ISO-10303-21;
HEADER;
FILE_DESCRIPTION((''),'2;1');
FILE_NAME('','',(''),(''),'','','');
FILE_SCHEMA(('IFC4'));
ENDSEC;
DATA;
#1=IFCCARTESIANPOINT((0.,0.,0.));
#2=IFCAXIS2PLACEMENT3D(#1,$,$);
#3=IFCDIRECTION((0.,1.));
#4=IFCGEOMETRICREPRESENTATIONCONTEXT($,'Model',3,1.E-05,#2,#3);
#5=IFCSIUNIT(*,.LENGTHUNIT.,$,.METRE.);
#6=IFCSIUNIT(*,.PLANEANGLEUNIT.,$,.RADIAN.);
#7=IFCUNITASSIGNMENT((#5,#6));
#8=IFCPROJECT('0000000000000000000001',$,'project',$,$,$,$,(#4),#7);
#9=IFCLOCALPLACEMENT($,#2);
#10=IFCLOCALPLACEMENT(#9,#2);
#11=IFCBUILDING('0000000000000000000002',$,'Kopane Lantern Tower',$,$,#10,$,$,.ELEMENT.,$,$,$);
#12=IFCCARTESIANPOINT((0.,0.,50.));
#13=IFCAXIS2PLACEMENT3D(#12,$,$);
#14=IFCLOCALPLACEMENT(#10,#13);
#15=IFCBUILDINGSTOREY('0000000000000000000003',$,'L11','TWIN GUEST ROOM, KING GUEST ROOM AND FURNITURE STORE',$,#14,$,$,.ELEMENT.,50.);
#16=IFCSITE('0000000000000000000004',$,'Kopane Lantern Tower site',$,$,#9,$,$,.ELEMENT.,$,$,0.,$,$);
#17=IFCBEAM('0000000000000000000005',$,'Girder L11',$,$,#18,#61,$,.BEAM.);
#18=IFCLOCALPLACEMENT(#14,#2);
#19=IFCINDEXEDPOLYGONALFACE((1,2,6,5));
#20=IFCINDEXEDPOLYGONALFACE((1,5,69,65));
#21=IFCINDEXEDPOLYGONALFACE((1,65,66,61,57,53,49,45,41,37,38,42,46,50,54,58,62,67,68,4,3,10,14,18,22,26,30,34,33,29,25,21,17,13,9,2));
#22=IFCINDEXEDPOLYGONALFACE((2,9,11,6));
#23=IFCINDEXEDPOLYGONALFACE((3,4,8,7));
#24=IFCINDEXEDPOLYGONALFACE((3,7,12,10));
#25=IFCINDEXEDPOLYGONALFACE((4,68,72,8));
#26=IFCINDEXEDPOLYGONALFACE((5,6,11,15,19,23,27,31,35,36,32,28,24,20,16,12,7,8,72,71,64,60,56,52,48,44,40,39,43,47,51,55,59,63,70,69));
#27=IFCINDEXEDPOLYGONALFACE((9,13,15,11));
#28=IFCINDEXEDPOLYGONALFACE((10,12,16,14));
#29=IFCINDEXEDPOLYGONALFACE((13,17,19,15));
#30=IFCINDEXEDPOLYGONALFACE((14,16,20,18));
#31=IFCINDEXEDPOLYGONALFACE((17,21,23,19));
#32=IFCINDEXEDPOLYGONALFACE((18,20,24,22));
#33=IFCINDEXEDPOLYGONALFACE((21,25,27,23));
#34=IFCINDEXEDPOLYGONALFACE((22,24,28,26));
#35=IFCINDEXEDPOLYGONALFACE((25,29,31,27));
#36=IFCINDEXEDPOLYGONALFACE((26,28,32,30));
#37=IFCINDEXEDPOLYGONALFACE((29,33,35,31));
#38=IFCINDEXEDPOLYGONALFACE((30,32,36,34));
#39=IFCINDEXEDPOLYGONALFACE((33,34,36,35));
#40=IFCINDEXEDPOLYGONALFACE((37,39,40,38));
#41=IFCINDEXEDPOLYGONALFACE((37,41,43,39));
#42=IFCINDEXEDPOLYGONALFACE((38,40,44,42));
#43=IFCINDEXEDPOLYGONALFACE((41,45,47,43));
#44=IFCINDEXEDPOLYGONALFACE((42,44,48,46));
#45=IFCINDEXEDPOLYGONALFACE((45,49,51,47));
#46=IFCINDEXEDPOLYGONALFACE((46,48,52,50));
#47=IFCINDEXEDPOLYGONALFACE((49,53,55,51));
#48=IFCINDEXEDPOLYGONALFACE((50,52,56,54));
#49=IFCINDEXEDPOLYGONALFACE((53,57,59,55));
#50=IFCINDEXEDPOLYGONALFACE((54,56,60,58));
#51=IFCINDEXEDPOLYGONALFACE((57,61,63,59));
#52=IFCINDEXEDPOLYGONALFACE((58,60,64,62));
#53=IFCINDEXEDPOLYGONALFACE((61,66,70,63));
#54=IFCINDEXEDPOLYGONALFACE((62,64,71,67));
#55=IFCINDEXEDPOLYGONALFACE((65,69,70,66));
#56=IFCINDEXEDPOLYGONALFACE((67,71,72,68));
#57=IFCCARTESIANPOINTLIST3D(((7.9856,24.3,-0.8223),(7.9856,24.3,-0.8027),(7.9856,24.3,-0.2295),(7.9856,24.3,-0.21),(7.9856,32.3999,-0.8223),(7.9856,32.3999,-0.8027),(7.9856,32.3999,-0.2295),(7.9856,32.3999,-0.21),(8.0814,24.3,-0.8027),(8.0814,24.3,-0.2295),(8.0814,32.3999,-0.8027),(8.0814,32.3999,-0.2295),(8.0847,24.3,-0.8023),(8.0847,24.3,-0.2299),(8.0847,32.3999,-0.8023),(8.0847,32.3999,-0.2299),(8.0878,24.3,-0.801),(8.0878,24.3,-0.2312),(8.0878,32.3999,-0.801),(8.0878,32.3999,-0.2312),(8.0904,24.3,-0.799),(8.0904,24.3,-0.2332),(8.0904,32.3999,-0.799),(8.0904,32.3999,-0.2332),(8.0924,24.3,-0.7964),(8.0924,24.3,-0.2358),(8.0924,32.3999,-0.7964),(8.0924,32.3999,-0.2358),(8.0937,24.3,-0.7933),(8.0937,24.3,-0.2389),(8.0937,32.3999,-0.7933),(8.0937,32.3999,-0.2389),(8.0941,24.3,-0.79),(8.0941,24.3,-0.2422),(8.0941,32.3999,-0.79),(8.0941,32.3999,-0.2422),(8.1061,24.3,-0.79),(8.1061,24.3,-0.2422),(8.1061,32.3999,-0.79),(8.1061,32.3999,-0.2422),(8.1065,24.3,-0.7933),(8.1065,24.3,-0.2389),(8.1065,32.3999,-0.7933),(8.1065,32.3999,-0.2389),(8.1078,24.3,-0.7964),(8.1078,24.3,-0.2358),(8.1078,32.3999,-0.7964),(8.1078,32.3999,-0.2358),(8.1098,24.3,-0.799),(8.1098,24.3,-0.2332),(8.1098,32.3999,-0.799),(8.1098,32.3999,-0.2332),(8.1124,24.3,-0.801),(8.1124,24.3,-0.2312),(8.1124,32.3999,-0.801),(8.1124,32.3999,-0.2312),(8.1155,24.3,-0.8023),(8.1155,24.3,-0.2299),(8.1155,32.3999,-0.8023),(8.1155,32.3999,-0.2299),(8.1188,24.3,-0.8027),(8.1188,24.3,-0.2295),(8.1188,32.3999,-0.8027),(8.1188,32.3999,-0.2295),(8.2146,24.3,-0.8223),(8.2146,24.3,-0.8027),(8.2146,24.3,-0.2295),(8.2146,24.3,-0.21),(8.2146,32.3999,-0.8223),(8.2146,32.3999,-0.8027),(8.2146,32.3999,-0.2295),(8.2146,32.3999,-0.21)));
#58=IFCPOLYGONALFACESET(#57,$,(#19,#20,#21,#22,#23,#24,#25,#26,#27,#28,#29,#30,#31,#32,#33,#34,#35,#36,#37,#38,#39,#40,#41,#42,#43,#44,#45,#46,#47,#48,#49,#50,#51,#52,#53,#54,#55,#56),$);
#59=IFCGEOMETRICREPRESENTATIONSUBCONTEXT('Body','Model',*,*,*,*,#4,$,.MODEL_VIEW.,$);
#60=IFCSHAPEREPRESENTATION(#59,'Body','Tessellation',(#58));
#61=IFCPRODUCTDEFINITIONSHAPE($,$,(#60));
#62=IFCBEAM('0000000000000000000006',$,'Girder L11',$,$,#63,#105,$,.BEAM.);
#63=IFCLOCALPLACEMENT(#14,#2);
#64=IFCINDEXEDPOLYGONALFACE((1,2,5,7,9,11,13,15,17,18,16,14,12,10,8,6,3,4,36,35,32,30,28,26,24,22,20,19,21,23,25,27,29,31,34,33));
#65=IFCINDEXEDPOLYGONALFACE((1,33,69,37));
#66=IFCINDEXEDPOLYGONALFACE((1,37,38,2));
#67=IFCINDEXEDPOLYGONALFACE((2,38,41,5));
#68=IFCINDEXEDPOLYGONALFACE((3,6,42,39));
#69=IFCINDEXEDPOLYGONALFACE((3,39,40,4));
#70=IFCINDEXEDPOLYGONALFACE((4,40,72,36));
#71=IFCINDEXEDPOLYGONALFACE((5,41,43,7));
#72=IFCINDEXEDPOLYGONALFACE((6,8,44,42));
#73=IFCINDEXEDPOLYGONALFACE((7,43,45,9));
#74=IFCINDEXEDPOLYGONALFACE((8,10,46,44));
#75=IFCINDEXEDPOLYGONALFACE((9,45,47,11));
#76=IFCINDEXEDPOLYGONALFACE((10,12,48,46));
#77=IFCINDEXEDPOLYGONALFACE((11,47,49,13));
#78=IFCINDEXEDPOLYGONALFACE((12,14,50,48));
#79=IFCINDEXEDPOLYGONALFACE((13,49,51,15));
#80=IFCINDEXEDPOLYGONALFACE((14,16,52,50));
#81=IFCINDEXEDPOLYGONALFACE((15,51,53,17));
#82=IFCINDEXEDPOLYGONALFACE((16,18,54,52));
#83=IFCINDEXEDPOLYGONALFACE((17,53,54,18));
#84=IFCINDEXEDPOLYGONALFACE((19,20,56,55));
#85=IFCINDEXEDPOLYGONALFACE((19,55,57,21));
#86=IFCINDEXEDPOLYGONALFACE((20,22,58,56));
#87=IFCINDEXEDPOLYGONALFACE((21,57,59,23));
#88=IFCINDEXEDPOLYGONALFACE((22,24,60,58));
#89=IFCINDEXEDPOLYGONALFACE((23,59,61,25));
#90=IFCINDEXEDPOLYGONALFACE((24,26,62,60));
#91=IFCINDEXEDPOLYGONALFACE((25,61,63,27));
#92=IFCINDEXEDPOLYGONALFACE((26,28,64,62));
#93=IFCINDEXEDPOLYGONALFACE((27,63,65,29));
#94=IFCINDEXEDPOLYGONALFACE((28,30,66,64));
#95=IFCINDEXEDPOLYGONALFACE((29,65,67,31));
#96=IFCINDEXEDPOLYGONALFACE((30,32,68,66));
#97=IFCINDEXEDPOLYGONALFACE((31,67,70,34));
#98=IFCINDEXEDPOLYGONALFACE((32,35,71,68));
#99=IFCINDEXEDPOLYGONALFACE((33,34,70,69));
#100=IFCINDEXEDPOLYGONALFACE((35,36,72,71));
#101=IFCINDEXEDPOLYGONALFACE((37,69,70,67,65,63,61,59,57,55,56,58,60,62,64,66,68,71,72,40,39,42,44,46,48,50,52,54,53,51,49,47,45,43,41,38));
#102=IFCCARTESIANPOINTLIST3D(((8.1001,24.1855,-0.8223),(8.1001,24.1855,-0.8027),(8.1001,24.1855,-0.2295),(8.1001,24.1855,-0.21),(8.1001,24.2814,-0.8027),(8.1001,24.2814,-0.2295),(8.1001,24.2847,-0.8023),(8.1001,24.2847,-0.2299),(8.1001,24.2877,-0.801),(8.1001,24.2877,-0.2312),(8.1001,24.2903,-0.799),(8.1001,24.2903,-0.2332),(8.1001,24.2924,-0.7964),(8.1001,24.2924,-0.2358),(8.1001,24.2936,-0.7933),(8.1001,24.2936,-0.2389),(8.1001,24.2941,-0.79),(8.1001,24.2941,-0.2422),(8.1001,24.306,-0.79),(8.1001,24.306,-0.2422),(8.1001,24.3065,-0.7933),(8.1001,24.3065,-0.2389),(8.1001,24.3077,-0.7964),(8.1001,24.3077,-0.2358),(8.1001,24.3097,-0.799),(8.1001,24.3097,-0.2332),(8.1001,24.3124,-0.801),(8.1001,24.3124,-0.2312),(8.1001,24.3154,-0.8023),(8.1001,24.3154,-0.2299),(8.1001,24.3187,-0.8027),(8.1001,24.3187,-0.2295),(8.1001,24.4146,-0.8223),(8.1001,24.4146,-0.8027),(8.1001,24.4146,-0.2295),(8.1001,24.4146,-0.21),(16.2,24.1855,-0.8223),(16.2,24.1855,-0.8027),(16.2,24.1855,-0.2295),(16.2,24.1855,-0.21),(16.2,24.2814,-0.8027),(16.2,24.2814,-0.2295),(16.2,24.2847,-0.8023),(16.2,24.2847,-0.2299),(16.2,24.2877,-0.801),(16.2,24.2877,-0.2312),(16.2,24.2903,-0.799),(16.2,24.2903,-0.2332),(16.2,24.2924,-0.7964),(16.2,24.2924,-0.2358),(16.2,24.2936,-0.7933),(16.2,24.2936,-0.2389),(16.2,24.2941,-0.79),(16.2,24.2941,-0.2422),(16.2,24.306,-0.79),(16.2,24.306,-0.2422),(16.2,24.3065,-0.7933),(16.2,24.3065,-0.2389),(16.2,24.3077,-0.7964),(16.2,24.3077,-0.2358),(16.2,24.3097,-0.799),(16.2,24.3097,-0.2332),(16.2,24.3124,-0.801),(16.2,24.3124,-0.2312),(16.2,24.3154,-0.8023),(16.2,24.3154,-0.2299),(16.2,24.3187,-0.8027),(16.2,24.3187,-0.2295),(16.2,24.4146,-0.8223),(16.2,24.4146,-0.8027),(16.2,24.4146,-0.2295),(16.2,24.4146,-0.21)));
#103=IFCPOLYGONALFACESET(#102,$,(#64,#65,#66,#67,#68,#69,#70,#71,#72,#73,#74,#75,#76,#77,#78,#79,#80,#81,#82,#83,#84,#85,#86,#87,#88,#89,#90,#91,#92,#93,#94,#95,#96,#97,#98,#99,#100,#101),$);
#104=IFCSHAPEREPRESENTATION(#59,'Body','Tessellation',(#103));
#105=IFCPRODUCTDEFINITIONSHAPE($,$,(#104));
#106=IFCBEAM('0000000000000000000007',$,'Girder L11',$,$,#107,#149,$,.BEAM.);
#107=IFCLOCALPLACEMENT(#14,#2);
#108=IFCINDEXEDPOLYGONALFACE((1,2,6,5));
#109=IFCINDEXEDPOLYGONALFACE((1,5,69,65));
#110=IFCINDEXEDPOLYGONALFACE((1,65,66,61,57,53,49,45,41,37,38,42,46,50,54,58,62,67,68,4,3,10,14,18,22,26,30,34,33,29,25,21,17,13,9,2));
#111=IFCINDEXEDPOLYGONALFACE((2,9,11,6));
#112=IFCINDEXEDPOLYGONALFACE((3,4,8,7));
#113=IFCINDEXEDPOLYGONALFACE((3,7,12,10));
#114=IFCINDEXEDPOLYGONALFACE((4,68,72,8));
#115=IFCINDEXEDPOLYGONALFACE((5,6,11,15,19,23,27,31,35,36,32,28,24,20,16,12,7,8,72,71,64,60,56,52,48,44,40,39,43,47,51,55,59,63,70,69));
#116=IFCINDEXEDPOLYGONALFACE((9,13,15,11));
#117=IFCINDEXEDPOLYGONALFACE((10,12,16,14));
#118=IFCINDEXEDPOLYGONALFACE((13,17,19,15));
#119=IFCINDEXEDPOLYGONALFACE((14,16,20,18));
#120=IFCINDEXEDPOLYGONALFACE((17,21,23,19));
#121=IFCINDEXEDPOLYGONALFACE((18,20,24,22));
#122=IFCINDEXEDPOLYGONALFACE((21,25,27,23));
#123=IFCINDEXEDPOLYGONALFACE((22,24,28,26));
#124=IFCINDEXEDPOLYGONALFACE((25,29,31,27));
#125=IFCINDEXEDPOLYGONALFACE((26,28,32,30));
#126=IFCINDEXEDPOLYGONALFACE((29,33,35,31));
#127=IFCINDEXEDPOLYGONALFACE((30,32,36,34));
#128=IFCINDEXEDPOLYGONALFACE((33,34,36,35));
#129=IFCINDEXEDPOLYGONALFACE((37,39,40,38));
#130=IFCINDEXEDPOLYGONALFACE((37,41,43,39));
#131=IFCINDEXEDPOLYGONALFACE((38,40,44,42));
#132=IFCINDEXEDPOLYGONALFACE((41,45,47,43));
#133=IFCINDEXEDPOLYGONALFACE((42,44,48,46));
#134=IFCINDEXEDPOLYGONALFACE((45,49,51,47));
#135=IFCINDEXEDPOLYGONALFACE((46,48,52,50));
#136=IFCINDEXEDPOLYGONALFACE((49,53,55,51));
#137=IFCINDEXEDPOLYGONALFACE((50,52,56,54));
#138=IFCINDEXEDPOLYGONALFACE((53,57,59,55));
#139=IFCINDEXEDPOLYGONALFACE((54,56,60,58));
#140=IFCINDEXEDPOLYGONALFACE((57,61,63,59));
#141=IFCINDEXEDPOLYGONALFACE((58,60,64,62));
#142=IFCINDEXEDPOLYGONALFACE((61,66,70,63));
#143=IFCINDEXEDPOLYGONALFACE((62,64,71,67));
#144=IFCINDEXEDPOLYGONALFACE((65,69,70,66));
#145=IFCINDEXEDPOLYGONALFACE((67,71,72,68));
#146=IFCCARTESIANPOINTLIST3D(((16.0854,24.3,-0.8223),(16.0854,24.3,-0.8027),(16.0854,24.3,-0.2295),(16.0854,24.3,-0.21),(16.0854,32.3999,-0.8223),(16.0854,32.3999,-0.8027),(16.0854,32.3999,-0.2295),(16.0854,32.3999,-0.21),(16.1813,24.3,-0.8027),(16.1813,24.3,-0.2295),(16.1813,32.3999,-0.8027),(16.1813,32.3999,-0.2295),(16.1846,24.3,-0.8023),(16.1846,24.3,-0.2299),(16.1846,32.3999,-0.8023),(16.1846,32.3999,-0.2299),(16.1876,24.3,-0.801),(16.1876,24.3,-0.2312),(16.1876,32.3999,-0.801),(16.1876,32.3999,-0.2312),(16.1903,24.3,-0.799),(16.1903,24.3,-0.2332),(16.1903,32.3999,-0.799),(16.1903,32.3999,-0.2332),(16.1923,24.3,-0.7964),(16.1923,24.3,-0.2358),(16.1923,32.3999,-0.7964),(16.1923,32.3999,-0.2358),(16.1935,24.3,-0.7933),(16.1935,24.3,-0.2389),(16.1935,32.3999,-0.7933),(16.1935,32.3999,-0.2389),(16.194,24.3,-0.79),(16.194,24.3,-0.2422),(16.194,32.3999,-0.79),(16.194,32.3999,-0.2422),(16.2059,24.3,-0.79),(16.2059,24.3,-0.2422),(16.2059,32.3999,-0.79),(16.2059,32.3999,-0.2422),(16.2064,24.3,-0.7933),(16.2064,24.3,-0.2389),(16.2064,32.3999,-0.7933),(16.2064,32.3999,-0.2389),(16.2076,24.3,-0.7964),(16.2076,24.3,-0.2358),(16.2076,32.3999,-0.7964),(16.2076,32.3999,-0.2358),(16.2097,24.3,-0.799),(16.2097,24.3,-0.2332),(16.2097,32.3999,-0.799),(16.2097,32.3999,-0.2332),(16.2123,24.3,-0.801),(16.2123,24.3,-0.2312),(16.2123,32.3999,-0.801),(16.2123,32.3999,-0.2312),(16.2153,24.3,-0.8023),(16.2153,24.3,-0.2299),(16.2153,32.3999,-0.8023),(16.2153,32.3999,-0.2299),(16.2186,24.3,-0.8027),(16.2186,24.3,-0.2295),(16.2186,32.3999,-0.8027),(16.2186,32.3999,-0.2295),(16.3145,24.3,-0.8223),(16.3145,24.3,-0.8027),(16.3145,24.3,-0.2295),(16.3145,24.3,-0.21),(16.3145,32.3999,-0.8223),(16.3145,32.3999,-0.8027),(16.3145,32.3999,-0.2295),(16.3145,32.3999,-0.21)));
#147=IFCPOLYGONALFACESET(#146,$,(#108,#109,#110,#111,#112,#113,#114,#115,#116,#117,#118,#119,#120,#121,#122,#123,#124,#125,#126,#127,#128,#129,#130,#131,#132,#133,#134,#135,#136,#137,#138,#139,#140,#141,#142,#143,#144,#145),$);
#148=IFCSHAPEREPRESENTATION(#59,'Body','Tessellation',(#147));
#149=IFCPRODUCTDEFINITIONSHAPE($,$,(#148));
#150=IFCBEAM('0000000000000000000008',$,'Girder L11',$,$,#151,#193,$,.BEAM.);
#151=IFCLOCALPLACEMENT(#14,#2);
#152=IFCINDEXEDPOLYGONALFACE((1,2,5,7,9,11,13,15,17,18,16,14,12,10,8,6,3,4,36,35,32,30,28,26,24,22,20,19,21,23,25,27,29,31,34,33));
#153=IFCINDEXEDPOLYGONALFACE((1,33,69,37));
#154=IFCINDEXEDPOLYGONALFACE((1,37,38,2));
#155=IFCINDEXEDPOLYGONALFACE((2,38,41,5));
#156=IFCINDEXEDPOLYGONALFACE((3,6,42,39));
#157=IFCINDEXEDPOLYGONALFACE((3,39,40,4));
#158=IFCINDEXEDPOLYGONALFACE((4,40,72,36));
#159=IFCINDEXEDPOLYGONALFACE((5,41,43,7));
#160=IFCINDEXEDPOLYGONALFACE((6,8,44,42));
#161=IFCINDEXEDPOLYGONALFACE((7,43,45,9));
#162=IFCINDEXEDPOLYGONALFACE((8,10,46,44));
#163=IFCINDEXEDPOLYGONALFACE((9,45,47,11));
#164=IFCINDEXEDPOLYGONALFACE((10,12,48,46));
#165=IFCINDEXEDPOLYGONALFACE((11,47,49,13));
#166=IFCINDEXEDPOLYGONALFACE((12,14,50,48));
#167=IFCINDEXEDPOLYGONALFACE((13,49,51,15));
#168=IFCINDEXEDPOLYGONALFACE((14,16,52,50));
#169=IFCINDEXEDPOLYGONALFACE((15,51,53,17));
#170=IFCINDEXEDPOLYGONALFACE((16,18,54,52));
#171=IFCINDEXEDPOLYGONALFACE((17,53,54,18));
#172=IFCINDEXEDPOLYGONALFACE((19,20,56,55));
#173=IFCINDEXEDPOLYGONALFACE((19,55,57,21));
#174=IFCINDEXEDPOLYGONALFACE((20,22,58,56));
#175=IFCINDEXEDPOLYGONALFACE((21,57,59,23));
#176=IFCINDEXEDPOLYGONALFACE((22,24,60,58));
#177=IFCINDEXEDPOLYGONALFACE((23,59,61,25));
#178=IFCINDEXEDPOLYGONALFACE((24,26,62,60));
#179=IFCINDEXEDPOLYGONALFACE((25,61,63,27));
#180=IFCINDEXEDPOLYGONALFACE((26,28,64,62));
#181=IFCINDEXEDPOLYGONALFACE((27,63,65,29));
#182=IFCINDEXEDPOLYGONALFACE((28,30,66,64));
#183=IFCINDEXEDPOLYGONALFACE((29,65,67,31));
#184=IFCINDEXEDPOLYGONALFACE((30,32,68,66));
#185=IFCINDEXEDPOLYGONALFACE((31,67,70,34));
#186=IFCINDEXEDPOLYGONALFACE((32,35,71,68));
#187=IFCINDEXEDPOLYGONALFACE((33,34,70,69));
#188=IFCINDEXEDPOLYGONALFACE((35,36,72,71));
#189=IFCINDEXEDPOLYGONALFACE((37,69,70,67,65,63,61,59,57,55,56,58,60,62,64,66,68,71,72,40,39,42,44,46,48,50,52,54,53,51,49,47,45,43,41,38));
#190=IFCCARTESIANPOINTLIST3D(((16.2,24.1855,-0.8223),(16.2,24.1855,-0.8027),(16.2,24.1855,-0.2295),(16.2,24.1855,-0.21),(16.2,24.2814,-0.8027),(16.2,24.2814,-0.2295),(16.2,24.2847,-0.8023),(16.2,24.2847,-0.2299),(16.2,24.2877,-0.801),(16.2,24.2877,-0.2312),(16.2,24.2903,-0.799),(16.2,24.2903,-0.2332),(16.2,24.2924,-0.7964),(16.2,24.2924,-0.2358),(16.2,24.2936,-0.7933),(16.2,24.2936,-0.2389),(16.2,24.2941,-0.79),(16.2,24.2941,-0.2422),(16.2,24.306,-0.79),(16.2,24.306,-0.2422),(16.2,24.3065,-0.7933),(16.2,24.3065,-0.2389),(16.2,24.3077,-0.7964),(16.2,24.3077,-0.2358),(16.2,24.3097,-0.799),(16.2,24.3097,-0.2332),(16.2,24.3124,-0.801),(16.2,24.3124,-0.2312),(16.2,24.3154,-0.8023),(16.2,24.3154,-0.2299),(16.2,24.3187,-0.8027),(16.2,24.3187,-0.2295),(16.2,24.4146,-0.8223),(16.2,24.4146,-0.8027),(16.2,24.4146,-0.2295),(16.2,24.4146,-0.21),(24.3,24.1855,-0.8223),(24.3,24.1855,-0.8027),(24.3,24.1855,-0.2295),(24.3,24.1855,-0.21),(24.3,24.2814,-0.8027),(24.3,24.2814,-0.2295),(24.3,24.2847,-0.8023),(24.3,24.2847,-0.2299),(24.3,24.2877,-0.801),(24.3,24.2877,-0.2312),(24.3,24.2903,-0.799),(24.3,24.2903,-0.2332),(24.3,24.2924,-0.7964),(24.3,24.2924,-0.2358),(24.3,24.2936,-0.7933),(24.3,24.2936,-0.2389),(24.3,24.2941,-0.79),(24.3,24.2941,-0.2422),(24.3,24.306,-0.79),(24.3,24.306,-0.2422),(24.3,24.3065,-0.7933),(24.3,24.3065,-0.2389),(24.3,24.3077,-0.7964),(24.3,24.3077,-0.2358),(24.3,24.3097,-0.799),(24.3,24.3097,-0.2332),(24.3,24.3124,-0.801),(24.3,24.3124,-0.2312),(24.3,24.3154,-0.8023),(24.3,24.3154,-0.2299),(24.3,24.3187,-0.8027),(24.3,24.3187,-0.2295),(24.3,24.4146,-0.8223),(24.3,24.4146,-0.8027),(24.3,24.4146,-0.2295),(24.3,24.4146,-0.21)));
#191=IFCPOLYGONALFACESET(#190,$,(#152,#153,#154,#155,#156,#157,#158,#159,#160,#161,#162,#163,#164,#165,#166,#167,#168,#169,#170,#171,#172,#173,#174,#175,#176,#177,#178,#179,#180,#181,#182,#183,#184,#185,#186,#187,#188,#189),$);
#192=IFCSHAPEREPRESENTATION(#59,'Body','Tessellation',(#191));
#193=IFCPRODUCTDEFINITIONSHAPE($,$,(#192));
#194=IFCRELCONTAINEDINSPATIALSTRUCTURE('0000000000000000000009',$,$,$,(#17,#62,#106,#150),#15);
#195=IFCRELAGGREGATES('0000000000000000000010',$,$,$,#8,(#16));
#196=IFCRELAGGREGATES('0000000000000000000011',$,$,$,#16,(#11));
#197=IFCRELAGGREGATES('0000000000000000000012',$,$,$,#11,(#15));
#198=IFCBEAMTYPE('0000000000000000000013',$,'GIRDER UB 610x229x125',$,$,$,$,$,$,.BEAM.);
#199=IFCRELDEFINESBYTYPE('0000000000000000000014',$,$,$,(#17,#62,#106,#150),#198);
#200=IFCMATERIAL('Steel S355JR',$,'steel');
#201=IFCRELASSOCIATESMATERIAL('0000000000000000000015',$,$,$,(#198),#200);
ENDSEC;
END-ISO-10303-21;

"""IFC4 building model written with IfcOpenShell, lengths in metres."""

from ifc_helpers import new_model, si_unit, direction, frame, origin, origin_2d, place, context, subcontext, project, spatial, i_section, extrude, material, material_profile, profile_set, type_object, element, save


model = new_model("IFC4")

# Units and contexts
model_context = context("Model", 3, precision=1e-05, world=origin(), true_north=direction((0.0, 1.0)))
body_context = subcontext(model_context, "Body", "Model", "MODEL_VIEW")
ifc_project = project(units=[si_unit("LENGTHUNIT", "METRE"), si_unit("PLANEANGLEUNIT", "RADIAN")], contexts=[model_context])

# Site, building, storey
site_placement = place(None, origin())
site = spatial("IfcSite", under=ifc_project, at=site_placement, Name="Kopane Lantern Tower site", CompositionType="ELEMENT", RefElevation=0.0)
building_placement = place(site_placement, origin())
building = spatial("IfcBuilding", under=site, at=building_placement, Name="Kopane Lantern Tower", CompositionType="ELEMENT")
storey_placement = place(building_placement, frame((0.0, 0.0, 50.0)))
storey = spatial("IfcBuildingStorey", under=building, at=storey_placement, Name="L11", Description="TWIN GUEST ROOM, KING GUEST ROOM AND FURNITURE STORE", CompositionType="ELEMENT", Elevation=50.0)

# Beams
ifc_material_1 = material(Name="Steel S355JR", Category="steel")
ifc_material_profile_1 = material_profile(ifc_material_1, i_section(OverallWidth=0.229, OverallDepth=0.6123, WebThickness=0.012, FlangeThickness=0.0195, FilletRadius=0.0127, at=origin_2d()), Name="UB 610x229x125")
ifc_profile_set_1 = profile_set([ifc_material_profile_1], Name="Steel S355JR")
beam_type_1 = type_object("IfcBeamType", Name="GIRDER UB 610x229x125", PredefinedType="BEAM", material=ifc_profile_set_1)
for number, where, z_axis, x_axis, name in (
    (1, (8.1001, 24.3, -0.5161), (0.0, 1.0, 0.0), (-1.0, 0.0, 0.0), "Girder L11"),
    (2, (8.1001, 24.3, -0.5161), (1.0, 0.0, 0.0), (0.0, 1.0, 0.0), "Girder L11"),
    (3, (16.2, 24.3, -0.5161), (0.0, 1.0, 0.0), (-1.0, 0.0, 0.0), "Girder L11"),
):
    element("IfcBeam", number, at=place(storey_placement, frame(where, z_axis=z_axis, x_axis=x_axis)), inside=storey, type_object=beam_type_1, Name=name, PredefinedType="BEAM", context=body_context, shape_type="SweptSolid", body=[
        extrude(i_section(OverallWidth=0.229, OverallDepth=0.6123, WebThickness=0.012, FlangeThickness=0.0195, FilletRadius=0.0127, at=origin_2d()), origin(), (0.0, 0.0, 1.0), 8.0999),
    ])
for number, where, z_axis, x_axis, name in (
    (4, (16.2, 24.3, -0.5161), (1.0, 0.0, 0.0), (0.0, 1.0, 0.0), "Girder L11"),
):
    element("IfcBeam", number, at=place(storey_placement, frame(where, z_axis=z_axis, x_axis=x_axis)), inside=storey, type_object=beam_type_1, Name=name, PredefinedType="BEAM", context=body_context, shape_type="SweptSolid", body=[
        extrude(i_section(OverallWidth=0.229, OverallDepth=0.6123, WebThickness=0.012, FlangeThickness=0.0195, FilletRadius=0.0127, at=origin_2d()), origin(), (0.0, 0.0, 1.0), 8.1001),
    ])

save(model, "model.ifc")
